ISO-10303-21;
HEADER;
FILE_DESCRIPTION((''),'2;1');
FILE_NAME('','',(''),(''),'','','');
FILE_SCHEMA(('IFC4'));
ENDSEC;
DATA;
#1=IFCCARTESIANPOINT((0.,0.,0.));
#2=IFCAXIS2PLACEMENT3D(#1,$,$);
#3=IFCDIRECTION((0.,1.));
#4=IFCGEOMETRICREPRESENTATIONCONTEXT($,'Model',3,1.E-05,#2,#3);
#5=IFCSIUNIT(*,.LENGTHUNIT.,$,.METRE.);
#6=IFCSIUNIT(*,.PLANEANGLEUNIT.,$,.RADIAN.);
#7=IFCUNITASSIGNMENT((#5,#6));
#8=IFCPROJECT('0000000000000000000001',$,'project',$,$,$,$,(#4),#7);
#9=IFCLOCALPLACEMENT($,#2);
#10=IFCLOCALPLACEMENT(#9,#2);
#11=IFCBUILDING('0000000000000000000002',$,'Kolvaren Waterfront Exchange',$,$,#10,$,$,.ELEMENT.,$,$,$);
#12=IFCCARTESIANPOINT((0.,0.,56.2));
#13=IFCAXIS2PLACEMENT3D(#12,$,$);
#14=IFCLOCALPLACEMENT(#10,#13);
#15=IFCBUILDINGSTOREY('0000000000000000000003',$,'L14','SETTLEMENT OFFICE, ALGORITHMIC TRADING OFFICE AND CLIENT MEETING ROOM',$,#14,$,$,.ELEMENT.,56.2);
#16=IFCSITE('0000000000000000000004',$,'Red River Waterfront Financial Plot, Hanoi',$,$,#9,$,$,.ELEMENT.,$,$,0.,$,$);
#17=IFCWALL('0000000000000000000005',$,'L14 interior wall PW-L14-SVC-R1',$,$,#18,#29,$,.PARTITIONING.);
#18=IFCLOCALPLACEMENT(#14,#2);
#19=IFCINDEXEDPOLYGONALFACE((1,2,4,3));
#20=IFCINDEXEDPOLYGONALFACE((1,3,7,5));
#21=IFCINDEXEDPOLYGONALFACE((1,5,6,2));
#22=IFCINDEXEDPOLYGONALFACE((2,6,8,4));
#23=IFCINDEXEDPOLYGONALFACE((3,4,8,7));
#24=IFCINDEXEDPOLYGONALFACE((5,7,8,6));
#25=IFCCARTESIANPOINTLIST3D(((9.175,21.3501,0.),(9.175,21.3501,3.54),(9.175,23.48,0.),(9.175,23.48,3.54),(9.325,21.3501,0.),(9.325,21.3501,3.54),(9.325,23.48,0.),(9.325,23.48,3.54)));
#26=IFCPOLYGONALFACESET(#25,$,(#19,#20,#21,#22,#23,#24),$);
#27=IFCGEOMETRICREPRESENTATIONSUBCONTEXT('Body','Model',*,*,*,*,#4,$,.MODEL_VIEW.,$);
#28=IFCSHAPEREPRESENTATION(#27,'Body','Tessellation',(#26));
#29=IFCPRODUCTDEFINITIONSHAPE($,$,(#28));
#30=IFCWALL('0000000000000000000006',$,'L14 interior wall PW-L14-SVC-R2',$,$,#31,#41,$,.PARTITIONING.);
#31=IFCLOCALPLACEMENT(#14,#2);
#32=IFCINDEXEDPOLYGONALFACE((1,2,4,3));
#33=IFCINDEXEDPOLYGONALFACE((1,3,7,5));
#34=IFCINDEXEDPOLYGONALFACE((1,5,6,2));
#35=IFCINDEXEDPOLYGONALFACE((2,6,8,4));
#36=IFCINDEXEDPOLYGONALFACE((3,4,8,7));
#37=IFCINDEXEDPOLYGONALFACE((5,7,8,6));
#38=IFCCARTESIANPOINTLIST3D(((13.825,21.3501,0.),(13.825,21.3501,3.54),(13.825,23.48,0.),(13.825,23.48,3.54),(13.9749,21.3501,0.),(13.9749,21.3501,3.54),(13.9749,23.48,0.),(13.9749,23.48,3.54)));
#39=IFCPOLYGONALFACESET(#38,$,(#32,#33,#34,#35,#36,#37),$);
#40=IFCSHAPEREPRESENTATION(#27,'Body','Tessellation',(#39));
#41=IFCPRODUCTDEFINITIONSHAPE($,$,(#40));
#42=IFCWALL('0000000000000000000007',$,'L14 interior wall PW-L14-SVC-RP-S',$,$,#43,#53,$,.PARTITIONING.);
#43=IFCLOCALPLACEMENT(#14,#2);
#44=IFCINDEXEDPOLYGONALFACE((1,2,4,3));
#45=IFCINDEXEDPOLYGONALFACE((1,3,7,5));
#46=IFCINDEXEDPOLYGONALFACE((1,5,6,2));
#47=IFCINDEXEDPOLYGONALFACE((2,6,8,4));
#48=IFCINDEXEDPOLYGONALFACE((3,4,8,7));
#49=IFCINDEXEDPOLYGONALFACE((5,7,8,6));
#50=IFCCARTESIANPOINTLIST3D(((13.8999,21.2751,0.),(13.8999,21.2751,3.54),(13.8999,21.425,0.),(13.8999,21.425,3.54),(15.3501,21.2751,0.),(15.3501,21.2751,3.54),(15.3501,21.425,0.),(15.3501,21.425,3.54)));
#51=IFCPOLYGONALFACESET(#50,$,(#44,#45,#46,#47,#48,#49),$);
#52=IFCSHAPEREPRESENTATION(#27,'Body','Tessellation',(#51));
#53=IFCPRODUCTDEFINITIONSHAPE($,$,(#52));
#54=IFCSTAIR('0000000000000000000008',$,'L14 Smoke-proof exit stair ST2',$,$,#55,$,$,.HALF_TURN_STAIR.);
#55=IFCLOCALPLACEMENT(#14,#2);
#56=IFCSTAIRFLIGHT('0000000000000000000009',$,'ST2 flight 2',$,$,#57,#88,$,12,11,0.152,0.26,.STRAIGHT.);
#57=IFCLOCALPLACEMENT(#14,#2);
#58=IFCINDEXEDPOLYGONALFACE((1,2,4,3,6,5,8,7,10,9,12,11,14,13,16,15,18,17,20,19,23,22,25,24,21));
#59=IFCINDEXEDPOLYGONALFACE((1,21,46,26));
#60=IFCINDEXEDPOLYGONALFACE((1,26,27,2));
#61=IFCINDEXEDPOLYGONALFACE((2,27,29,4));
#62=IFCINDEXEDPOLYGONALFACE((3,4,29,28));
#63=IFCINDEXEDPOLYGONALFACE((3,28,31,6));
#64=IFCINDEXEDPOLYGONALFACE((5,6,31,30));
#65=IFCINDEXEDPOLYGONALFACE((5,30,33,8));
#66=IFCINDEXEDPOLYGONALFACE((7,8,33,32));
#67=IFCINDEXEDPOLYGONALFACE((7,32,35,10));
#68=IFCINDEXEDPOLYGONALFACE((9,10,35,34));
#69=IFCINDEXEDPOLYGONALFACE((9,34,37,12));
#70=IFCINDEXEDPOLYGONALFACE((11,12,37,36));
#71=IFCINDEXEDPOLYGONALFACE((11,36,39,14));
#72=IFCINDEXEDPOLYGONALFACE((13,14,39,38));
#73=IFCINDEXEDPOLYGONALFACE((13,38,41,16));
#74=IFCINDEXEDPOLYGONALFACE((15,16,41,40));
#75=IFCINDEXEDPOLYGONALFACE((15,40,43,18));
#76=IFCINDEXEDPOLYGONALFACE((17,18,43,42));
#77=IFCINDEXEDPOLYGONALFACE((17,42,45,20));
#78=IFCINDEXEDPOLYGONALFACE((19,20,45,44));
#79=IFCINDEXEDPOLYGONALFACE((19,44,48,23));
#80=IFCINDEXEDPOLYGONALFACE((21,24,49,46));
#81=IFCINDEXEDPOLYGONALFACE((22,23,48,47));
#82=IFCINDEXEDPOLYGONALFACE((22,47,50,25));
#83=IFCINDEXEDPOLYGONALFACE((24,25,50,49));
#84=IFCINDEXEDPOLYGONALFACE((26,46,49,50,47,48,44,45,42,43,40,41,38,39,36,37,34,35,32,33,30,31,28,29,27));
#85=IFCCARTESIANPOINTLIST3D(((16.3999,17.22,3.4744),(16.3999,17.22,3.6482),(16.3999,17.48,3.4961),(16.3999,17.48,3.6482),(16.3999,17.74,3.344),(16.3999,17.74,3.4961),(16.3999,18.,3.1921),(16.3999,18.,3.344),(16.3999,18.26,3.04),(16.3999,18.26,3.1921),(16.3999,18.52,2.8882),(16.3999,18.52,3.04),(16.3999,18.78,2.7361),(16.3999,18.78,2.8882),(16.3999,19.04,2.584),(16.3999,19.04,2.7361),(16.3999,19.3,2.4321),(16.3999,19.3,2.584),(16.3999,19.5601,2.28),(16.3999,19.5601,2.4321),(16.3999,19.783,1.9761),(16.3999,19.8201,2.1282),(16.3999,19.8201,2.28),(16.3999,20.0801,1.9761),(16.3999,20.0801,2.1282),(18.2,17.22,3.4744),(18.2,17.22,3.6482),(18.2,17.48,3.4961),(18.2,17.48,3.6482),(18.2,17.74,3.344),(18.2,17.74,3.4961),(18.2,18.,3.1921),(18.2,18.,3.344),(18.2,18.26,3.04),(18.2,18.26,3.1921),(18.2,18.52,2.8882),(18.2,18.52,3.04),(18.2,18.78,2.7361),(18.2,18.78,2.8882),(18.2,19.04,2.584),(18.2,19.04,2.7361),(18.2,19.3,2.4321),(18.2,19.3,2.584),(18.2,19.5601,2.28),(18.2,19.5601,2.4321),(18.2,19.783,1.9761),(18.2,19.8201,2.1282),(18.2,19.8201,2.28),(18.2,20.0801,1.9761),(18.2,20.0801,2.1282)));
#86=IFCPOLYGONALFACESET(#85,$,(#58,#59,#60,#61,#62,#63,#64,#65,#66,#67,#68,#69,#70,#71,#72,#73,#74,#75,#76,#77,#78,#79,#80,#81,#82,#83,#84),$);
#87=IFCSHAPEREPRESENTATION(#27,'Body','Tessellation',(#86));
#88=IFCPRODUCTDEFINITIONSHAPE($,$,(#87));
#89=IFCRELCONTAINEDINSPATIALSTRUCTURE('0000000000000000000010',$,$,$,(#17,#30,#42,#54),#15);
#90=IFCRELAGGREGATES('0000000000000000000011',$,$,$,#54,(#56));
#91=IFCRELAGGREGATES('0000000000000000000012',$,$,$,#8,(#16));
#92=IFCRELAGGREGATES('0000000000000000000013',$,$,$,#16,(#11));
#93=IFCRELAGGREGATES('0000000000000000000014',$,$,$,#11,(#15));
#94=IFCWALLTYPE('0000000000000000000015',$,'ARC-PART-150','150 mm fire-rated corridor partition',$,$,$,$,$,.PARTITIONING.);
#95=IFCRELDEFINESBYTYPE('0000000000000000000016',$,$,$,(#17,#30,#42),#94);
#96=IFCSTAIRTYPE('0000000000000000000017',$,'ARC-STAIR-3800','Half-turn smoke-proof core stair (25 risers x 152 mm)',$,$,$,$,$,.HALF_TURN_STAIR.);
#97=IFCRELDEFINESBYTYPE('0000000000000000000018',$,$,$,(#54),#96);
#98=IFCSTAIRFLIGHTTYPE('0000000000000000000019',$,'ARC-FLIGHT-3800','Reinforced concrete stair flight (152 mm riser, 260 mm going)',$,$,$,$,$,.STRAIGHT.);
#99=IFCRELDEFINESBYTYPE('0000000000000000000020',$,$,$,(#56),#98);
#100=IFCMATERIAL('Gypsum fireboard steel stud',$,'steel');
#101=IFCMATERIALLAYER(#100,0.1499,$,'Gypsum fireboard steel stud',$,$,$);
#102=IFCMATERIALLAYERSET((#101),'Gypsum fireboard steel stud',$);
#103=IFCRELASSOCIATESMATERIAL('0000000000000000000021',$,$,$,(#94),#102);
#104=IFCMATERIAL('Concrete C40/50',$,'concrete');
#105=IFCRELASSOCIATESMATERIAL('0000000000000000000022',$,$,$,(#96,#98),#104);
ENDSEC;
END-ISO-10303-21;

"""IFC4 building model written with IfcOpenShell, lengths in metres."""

from ifc_helpers import new_model, si_unit, direction, frame, frame_2d, origin, place, context, subcontext, project, spatial, polyline, rectangle, outline, extrude, material, layer, layer_set, type_object, element, aggregate, save


model = new_model("IFC4")

# Units and contexts
model_context = context("Model", 3, precision=1e-05, world=origin(), true_north=direction((0.0, 1.0)))
body_context = subcontext(model_context, "Body", "Model", "MODEL_VIEW")
ifc_project = project(units=[si_unit("LENGTHUNIT", "METRE"), si_unit("PLANEANGLEUNIT", "RADIAN")], contexts=[model_context])

# Site, building, storey
site_placement = place(None, origin())
site = spatial("IfcSite", under=ifc_project, at=site_placement, Name="Red River Waterfront Financial Plot, Hanoi", CompositionType="ELEMENT", RefElevation=0.0)
building_placement = place(site_placement, origin())
building = spatial("IfcBuilding", under=site, at=building_placement, Name="Kolvaren Waterfront Exchange", CompositionType="ELEMENT")
storey_placement = place(building_placement, frame((0.0, 0.0, 56.2)))
storey = spatial("IfcBuildingStorey", under=building, at=storey_placement, Name="L14", Description="SETTLEMENT OFFICE, ALGORITHMIC TRADING OFFICE AND CLIENT MEETING ROOM", CompositionType="ELEMENT", Elevation=56.2)

# Walls
ifc_material_1 = material(Name="Gypsum fireboard steel stud", Category="steel")
ifc_layer_1 = layer(ifc_material_1, 0.1499, Name="Gypsum fireboard steel stud")
ifc_layer_set_1 = layer_set([ifc_layer_1], Name="Gypsum fireboard steel stud")
wall_type_1 = type_object("IfcWallType", Name="ARC-PART-150", Description="150 mm fire-rated corridor partition", PredefinedType="PARTITIONING", material=ifc_layer_set_1)
for number, where, z_axis, x_axis, name in (
    (1, (9.25, 21.3501, 0.0), (0.0, 0.0, 1.0), (0.0, 1.0, 0.0), "L14 interior wall PW-L14-SVC-R1"),
    (2, (13.8999, 21.3501, 0.0), (0.0, 0.0, 1.0), (0.0, 1.0, 0.0), "L14 interior wall PW-L14-SVC-R2"),
):
    element("IfcWall", number, at=place(storey_placement, frame(where, z_axis=z_axis, x_axis=x_axis)), inside=storey, type_object=wall_type_1, Name=name, PredefinedType="PARTITIONING", context=body_context, shape_type="SweptSolid", body=[
        extrude(rectangle(XDim=2.1299, YDim=0.1499, at=frame_2d((1.0649, 0.0))), origin(), (0.0, 0.0, 1.0), 3.54),
    ])

# Wall
wall_1_placement = place(storey_placement, frame((13.8999, 21.3501, 0.0), z_axis=(0.0, 0.0, 1.0), x_axis=(1.0, 0.0, 0.0)))
element("IfcWall", 3, at=wall_1_placement, inside=storey, type_object=wall_type_1, Name="L14 interior wall PW-L14-SVC-RP-S", PredefinedType="PARTITIONING", context=body_context, shape_type="SweptSolid", body=[
    extrude(rectangle(XDim=1.4502, YDim=0.1499, at=frame_2d((0.7251, 0.0))), origin(), (0.0, 0.0, 1.0), 3.54),
])

# Stair, stair flight
ifc_material_2 = material(Name="Concrete C40/50", Category="concrete")
stair_type = type_object("IfcStairType", Name="ARC-STAIR-3800", Description="Half-turn smoke-proof core stair (25 risers x 152 mm)", PredefinedType="HALF_TURN_STAIR", material=ifc_material_2)
stair_placement = place(storey_placement, origin())
stair = element("IfcStair", 4, at=stair_placement, inside=storey, type_object=stair_type, Name="L14 Smoke-proof exit stair ST2", PredefinedType="HALF_TURN_STAIR")
stair_flight_type = type_object("IfcStairFlightType", Name="ARC-FLIGHT-3800", Description="Reinforced concrete stair flight (152 mm riser, 260 mm going)", PredefinedType="STRAIGHT", material=ifc_material_2)
stair_flight_placement = place(storey_placement, frame((17.3, 20.0801, 1.9761), z_axis=(0.0, 0.0, 1.0), x_axis=(0.0, -1.0, 0.0)))
stair_flight = element("IfcStairFlight", 5, at=stair_flight_placement, type_object=stair_flight_type, Name="ST2 flight 2", NumberOfRisers=12, NumberOfTreads=11, PredefinedType="STRAIGHT", RiserHeight=0.152, TreadLength=0.26, context=body_context, shape_type="SweptSolid", body=[
    extrude(outline(polyline([(0.0, 0.0), (0.0, 0.1521), (0.26, 0.1521), (0.26, 0.304), (0.52, 0.304), (0.52, 0.4561), (0.78, 0.4561), (0.78, 0.6079), (1.04, 0.6079), (1.04, 0.76), (1.3, 0.76), (1.3, 0.9121), (1.5601, 0.9121), (1.5601, 1.064), (1.8201, 1.064), (1.8201, 1.2161), (2.0801, 1.2161), (2.0801, 1.3679), (2.3401, 1.3679), (2.3401, 1.52), (2.6001, 1.52), (2.6001, 1.6721), (2.8601, 1.6721), (2.8601, 1.824), (2.8601, 1.4983), (0.2971, 0.0), (0.0, 0.0)])), frame((0.0, 0.8999, 0.0), z_axis=(0.0, -1.0, 0.0), x_axis=(1.0, 0.0, 0.0)), (0.0, 0.0, 1.0), 1.8),
])
aggregate(stair, [stair_flight])

save(model, "model.ifc")
